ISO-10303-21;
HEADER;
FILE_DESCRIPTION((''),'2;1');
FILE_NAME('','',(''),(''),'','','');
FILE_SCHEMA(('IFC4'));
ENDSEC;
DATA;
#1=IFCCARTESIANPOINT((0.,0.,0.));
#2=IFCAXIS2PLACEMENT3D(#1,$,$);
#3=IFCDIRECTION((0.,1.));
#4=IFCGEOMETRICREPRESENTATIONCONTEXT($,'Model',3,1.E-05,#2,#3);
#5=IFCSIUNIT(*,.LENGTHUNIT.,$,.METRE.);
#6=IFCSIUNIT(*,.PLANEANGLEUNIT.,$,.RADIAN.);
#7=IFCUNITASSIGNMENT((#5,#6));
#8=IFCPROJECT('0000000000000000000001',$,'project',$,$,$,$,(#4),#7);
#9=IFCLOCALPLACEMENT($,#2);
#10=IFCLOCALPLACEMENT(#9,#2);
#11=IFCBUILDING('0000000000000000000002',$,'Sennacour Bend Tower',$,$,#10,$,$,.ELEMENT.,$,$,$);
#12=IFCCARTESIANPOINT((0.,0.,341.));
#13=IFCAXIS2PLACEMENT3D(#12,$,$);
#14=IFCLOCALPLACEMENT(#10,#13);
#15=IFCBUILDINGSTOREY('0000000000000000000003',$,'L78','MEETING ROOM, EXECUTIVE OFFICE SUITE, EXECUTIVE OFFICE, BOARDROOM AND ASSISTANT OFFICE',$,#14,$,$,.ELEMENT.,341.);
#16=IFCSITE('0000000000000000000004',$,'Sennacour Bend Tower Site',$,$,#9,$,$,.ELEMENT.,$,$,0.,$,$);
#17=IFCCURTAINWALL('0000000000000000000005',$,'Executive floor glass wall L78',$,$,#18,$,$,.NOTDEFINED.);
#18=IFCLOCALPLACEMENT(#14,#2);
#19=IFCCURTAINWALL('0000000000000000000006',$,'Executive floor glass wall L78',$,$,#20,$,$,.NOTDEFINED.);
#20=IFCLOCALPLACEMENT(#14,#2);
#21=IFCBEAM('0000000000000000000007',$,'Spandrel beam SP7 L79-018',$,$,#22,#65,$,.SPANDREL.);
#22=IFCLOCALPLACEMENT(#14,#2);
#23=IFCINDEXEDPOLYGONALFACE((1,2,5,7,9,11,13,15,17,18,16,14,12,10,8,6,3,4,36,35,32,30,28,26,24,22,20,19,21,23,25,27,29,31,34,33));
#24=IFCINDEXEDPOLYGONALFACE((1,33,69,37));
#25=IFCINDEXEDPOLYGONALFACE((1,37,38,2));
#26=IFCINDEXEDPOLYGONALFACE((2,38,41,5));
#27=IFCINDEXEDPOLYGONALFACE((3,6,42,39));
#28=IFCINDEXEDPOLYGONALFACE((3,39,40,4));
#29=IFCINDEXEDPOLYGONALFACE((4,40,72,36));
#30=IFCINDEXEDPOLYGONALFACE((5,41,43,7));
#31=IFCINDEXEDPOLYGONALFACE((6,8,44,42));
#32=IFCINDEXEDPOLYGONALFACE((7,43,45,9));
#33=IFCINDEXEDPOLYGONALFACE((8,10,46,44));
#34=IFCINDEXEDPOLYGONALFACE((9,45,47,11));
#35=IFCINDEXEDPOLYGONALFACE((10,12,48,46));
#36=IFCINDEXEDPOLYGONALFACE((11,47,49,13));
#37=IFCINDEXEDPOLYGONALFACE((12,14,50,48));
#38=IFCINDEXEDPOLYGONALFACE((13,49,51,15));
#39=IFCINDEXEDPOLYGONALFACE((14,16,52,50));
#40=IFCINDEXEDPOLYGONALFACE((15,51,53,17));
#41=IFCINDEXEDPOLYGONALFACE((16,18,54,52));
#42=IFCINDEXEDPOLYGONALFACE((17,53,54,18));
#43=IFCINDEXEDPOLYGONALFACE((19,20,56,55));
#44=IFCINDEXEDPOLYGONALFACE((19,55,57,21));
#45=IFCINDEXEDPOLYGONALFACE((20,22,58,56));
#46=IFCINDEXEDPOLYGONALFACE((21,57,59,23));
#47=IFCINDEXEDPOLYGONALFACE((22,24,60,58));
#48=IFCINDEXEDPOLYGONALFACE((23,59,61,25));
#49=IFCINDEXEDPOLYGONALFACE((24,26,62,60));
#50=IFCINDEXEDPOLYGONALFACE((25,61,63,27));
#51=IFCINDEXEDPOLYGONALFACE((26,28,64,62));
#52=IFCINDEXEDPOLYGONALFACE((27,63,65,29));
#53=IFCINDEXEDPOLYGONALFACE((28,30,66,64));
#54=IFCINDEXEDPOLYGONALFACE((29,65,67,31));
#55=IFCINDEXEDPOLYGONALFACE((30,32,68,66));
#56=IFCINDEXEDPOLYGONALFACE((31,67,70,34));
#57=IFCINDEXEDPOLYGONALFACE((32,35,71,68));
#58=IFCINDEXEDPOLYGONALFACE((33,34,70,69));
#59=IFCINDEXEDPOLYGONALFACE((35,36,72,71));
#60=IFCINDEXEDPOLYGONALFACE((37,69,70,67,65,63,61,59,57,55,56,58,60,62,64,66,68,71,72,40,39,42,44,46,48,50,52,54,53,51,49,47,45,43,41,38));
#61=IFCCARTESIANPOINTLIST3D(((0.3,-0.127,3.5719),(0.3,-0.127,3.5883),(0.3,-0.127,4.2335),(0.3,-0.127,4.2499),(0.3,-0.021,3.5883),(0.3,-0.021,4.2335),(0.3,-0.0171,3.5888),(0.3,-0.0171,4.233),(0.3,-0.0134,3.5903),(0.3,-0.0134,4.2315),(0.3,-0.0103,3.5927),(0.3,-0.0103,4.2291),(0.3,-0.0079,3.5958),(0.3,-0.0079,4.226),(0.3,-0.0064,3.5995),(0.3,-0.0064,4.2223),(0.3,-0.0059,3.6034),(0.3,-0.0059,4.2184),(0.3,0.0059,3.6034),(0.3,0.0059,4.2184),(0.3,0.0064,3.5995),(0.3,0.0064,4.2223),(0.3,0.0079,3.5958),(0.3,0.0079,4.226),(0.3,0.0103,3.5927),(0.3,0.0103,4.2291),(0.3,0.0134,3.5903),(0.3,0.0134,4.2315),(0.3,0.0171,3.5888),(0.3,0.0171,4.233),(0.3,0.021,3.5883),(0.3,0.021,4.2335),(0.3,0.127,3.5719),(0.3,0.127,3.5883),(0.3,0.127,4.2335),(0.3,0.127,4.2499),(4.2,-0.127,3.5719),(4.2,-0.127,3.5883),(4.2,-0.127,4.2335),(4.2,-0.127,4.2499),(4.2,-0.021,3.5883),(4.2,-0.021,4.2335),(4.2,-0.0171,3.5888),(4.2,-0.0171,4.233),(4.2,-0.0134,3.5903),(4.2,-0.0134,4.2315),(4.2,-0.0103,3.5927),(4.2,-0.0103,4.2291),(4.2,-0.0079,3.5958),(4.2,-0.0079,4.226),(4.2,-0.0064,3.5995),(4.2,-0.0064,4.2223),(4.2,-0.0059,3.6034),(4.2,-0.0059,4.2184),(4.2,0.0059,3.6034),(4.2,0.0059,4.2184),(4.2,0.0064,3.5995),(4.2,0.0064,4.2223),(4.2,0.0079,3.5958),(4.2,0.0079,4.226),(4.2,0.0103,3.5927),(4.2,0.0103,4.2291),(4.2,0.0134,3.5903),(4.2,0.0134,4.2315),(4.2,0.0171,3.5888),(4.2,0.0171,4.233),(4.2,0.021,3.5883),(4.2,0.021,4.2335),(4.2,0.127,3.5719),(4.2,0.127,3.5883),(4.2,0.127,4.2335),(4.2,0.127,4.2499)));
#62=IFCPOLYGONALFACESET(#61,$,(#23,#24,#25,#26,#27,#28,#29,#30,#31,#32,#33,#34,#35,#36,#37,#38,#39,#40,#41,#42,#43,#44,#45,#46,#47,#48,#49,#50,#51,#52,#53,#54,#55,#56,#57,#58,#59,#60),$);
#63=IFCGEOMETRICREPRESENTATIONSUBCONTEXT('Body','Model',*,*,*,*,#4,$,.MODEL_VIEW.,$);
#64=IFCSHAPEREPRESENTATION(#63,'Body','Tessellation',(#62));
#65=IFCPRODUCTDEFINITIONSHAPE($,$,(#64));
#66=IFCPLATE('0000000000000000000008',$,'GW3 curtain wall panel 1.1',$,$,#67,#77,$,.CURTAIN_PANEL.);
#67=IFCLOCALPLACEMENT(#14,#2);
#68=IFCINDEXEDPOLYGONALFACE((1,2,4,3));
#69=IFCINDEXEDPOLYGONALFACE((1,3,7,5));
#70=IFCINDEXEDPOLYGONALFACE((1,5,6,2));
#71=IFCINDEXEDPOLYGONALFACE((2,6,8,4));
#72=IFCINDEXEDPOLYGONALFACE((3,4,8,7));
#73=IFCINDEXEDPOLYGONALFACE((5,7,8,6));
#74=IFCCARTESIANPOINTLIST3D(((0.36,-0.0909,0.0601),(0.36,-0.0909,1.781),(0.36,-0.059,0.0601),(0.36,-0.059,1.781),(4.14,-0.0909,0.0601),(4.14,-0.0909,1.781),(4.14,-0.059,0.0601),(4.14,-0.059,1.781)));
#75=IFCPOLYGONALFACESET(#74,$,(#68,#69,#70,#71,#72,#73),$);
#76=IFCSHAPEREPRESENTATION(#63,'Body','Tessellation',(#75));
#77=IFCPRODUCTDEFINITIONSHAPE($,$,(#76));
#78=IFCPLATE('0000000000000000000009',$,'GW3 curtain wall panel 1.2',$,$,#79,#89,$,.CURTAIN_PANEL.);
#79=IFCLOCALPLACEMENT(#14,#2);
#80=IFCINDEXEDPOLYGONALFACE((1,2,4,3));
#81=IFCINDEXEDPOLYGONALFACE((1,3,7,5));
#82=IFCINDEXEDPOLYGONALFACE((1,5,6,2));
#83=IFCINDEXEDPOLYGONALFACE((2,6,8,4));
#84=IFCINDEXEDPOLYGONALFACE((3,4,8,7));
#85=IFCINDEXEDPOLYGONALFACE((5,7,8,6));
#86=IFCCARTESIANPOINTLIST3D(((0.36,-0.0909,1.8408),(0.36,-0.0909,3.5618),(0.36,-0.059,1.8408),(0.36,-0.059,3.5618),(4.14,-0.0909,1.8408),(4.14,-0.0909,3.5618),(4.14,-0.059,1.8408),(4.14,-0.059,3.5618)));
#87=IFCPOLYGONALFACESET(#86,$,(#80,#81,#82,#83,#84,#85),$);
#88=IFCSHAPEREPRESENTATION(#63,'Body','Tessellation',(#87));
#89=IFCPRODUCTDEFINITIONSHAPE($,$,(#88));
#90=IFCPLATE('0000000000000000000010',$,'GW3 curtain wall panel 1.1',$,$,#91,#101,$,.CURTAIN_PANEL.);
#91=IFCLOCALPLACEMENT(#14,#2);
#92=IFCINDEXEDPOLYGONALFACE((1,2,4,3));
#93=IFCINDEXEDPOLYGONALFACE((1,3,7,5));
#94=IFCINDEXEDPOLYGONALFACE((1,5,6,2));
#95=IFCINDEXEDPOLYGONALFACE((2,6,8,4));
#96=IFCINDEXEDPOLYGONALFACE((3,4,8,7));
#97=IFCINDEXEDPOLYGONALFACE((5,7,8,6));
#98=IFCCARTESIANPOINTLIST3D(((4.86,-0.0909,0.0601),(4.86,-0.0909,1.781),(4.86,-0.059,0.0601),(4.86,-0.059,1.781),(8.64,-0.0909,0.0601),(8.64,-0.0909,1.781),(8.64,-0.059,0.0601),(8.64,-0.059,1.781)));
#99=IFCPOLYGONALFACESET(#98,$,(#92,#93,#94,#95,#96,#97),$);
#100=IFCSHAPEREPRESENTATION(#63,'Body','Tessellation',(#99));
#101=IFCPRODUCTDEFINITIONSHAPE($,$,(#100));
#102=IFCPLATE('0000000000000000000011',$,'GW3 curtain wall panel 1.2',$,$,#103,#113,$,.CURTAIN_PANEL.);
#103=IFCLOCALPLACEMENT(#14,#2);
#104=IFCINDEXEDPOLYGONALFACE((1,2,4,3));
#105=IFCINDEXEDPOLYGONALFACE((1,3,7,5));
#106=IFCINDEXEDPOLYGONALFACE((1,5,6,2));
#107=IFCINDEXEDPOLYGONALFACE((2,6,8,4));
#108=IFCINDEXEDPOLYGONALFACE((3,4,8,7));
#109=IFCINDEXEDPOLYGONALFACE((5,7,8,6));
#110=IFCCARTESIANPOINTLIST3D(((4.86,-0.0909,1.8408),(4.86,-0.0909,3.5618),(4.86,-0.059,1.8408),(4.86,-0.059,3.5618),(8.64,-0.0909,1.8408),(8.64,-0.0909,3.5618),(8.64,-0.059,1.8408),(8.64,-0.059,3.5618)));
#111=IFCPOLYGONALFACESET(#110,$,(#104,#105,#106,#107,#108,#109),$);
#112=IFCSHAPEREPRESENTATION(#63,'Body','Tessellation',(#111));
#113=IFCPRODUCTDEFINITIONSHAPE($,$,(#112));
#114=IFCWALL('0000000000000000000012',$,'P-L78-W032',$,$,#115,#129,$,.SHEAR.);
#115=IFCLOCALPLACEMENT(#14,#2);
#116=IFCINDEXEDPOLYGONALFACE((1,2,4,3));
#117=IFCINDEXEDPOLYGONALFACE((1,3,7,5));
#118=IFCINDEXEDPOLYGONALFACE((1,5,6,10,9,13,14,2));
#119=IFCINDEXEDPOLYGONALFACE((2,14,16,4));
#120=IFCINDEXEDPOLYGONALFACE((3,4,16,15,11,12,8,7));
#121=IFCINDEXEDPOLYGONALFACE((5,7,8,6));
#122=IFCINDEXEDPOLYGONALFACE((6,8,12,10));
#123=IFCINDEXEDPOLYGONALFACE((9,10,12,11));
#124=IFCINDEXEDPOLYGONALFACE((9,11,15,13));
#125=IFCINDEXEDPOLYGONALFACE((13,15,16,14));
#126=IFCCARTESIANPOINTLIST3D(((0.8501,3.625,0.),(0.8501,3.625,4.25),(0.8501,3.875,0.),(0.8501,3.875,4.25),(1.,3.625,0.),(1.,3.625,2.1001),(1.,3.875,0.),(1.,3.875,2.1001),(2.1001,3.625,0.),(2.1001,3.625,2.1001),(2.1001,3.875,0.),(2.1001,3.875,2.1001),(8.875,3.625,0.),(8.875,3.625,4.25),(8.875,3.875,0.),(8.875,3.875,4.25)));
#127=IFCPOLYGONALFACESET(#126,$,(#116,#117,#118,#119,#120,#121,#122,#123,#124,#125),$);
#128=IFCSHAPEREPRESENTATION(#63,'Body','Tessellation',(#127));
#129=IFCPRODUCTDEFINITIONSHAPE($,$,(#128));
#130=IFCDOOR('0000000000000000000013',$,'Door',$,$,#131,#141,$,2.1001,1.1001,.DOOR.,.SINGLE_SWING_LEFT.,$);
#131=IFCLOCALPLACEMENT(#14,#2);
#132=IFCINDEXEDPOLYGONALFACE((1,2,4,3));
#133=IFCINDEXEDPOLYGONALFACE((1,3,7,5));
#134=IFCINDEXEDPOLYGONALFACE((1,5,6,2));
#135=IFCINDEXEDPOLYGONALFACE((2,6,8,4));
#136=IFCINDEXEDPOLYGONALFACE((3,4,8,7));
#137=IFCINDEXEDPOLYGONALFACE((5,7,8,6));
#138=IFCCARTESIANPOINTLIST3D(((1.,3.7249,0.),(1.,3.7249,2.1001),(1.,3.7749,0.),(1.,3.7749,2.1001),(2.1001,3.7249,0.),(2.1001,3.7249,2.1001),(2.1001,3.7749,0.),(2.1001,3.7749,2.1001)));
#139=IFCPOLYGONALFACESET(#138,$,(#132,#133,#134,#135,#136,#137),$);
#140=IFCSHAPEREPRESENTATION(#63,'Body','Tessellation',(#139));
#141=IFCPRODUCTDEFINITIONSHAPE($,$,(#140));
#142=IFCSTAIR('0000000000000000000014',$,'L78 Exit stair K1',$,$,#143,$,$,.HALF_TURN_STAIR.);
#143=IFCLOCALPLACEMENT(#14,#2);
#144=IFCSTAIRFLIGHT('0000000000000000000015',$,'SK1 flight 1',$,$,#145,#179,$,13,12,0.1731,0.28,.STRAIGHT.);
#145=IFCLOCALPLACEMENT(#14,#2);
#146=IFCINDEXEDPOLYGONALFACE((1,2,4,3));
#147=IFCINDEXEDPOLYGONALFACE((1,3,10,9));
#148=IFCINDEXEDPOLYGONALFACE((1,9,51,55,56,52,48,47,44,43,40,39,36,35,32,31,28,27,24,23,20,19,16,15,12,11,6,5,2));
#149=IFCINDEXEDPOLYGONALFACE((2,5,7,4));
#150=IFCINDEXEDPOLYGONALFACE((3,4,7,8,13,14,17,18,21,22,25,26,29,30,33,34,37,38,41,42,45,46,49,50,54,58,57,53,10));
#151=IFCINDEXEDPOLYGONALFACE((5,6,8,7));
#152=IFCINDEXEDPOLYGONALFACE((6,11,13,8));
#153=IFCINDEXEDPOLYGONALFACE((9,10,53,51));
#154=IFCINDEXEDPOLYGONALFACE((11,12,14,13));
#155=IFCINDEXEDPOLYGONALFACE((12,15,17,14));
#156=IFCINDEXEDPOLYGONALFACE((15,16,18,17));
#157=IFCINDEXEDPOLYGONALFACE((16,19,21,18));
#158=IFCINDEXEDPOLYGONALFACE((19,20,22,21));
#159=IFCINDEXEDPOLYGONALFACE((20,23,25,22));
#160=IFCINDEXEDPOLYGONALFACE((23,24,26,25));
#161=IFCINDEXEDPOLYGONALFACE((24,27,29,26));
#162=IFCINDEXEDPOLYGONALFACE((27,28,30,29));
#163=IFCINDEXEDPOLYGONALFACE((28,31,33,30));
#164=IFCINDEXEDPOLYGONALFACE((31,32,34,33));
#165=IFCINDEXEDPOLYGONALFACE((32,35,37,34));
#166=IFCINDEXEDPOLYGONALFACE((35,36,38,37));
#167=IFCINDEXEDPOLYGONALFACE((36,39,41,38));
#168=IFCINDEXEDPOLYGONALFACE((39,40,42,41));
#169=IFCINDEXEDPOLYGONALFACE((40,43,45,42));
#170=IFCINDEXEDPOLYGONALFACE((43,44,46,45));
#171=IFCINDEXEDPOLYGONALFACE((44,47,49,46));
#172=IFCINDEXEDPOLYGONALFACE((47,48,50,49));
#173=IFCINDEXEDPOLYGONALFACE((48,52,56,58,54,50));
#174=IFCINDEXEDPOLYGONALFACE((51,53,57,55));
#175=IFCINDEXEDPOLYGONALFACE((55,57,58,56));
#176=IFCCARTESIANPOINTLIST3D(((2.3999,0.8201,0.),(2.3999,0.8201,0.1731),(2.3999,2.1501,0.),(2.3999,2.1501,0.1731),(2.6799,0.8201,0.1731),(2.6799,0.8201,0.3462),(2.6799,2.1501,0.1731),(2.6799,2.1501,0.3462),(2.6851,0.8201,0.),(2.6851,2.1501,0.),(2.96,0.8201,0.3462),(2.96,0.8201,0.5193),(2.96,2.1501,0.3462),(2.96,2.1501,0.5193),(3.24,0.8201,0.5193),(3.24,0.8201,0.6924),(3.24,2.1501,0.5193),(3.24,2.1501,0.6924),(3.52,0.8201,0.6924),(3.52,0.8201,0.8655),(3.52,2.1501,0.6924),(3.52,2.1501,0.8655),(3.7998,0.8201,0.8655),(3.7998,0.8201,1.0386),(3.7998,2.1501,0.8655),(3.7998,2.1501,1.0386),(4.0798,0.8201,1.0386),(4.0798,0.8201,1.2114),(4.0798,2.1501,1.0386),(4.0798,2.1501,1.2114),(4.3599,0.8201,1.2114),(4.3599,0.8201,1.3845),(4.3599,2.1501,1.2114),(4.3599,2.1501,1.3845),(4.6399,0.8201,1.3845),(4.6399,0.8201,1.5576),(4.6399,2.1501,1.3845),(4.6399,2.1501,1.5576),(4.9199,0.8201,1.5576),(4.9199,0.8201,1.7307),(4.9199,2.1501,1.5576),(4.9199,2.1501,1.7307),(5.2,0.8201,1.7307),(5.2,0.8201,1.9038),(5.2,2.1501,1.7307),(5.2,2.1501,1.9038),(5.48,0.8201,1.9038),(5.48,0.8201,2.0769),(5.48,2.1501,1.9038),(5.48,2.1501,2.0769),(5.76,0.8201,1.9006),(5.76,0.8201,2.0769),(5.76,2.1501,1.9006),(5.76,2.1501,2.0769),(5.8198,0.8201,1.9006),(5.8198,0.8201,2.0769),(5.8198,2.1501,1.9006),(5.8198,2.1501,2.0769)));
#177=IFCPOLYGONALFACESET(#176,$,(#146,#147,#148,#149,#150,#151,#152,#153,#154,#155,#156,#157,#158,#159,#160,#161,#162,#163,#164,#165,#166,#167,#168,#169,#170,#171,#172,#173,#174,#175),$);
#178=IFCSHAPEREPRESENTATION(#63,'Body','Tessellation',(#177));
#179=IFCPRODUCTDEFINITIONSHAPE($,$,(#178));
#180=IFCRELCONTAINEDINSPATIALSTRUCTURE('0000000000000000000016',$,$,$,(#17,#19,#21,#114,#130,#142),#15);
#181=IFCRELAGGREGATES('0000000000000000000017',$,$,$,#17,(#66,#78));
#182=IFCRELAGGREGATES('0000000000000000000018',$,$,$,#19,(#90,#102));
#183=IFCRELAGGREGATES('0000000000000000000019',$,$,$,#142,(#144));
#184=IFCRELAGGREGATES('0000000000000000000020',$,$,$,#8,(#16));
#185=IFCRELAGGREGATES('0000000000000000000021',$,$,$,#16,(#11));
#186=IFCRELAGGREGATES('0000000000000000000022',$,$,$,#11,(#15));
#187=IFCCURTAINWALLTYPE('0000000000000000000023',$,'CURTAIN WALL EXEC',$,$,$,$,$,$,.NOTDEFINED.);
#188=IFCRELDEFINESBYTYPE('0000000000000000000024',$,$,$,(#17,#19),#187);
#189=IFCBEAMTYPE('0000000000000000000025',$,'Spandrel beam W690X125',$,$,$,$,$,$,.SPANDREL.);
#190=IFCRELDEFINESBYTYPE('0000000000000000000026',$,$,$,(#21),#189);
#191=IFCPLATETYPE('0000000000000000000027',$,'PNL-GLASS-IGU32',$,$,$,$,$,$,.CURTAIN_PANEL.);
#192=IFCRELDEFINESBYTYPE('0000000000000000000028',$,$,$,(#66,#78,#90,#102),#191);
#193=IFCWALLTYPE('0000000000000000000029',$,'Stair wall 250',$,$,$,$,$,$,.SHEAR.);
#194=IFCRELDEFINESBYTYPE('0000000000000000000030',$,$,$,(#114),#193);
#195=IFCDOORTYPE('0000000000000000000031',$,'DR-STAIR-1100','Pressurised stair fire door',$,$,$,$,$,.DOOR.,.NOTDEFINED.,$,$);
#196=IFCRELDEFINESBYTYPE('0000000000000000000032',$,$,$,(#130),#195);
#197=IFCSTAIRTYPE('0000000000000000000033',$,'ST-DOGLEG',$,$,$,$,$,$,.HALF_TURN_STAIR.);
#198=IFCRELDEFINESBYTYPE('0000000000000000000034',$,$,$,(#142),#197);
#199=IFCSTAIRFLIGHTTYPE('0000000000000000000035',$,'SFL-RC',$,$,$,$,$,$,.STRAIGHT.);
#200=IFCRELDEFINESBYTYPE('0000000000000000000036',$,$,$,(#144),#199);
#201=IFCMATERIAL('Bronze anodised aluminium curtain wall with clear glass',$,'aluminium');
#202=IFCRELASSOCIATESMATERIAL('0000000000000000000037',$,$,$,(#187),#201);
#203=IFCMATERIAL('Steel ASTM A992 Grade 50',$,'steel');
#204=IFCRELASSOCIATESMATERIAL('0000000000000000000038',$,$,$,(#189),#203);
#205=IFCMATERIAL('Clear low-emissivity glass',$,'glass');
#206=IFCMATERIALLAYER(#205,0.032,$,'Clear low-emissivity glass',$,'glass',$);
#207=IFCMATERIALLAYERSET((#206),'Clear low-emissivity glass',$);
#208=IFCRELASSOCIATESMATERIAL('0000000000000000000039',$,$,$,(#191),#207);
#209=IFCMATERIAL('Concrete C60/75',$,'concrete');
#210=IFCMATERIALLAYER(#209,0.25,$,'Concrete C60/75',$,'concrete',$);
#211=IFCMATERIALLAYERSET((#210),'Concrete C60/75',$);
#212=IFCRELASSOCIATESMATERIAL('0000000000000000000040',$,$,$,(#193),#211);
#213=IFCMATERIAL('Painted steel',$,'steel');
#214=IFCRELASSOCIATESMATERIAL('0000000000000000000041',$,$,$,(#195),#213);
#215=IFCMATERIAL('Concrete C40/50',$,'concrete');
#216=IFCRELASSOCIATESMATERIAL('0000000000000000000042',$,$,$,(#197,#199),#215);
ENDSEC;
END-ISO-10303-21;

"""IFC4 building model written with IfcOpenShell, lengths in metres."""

from ifc_helpers import new_model, si_unit, direction, frame, frame_2d, origin, origin_2d, place, context, subcontext, project, spatial, polyline, rectangle, i_section, outline, extrude, material, layer, layer_set, material_profile, profile_set, type_object, element, fill, aggregate, save


model = new_model("IFC4")

# Units and contexts
model_context = context("Model", 3, precision=1e-05, world=origin(), true_north=direction((0.0, 1.0)))
body_context = subcontext(model_context, "Body", "Model", "MODEL_VIEW")
ifc_project = project(units=[si_unit("LENGTHUNIT", "METRE"), si_unit("PLANEANGLEUNIT", "RADIAN")], contexts=[model_context])

# Site, building, storey
site_placement = place(None, origin())
site = spatial("IfcSite", under=ifc_project, at=site_placement, Name="Sennacour Bend Tower Site", CompositionType="ELEMENT", RefElevation=0.0)
building_placement = place(site_placement, origin())
building = spatial("IfcBuilding", under=site, at=building_placement, Name="Sennacour Bend Tower", CompositionType="ELEMENT")
storey_placement = place(building_placement, frame((0.0, 0.0, 341.0)))
storey = spatial("IfcBuildingStorey", under=building, at=storey_placement, Name="L78", Description="MEETING ROOM, EXECUTIVE OFFICE SUITE, EXECUTIVE OFFICE, BOARDROOM AND ASSISTANT OFFICE", CompositionType="ELEMENT", Elevation=341.0)

# Curtain wall
ifc_material_1 = material(Name="Bronze anodised aluminium curtain wall with clear glass", Category="aluminium")
curtain_wall_type = type_object("IfcCurtainWallType", Name="CURTAIN WALL EXEC", PredefinedType="NOTDEFINED", material=ifc_material_1)
curtain_wall_1_placement = place(storey_placement, origin())
curtain_wall_1 = element("IfcCurtainWall", 1, at=curtain_wall_1_placement, inside=storey, type_object=curtain_wall_type, Name="Executive floor glass wall L78", PredefinedType="NOTDEFINED")

# Curtain wall
curtain_wall_2_placement = place(storey_placement, origin())
curtain_wall_2 = element("IfcCurtainWall", 2, at=curtain_wall_2_placement, inside=storey, type_object=curtain_wall_type, Name="Executive floor glass wall L78", PredefinedType="NOTDEFINED")

# Beam
ifc_material_2 = material(Name="Steel ASTM A992 Grade 50", Category="steel")
ifc_material_profile_1 = material_profile(ifc_material_2, i_section(OverallWidth=0.2539, OverallDepth=0.678, WebThickness=0.0117, FlangeThickness=0.0164, FilletRadius=0.0151, at=origin_2d()), Name="Steel ASTM A992 Grade 50", Category="steel")
ifc_profile_set_1 = profile_set([ifc_material_profile_1], Name="Steel ASTM A992 Grade 50")
beam_type_1 = type_object("IfcBeamType", Name="Spandrel beam W690X125", PredefinedType="SPANDREL", material=ifc_profile_set_1)
for number, where, z_axis, x_axis, name in (
    (3, (4.2, 0.0, 3.9109), (-1.0, 0.0, 0.0), (0.0, -1.0, 0.0), "Spandrel beam SP7 L79-018"),
):
    element("IfcBeam", number, at=place(storey_placement, frame(where, z_axis=z_axis, x_axis=x_axis)), inside=storey, type_object=beam_type_1, Name=name, PredefinedType="SPANDREL", context=body_context, shape_type="SweptSolid", body=[
        extrude(i_section(OverallWidth=0.2539, OverallDepth=0.678, WebThickness=0.0117, FlangeThickness=0.0164, FilletRadius=0.0151, at=origin_2d()), origin(), (0.0, 0.0, 1.0), 3.8999),
    ])

# Plates
ifc_material_3 = material(Name="Clear low-emissivity glass", Category="glass")
ifc_layer_1 = layer(ifc_material_3, 0.032, Name="Clear low-emissivity glass", Category="glass")
ifc_layer_set_1 = layer_set([ifc_layer_1], Name="Clear low-emissivity glass")
plate_type = type_object("IfcPlateType", Name="PNL-GLASS-IGU32", PredefinedType="CURTAIN_PANEL", material=ifc_layer_set_1)
plate_1_placement = place(storey_placement, frame((2.25, -0.075, 0.0601), z_axis=(0.0, 0.0, 1.0), x_axis=(1.0, 0.0, 0.0)))
plate_1 = element("IfcPlate", 4, at=plate_1_placement, type_object=plate_type, Name="GW3 curtain wall panel 1.1", PredefinedType="CURTAIN_PANEL", context=body_context, shape_type="SweptSolid", body=[
    extrude(rectangle(XDim=3.78, YDim=0.032, at=origin_2d()), origin(), (0.0, 0.0, 1.0), 1.7209),
])
plate_2_placement = place(storey_placement, frame((2.25, -0.075, 1.8408), z_axis=(0.0, 0.0, 1.0), x_axis=(1.0, 0.0, 0.0)))
plate_2 = element("IfcPlate", 5, at=plate_2_placement, type_object=plate_type, Name="GW3 curtain wall panel 1.2", PredefinedType="CURTAIN_PANEL", context=body_context, shape_type="SweptSolid", body=[
    extrude(rectangle(XDim=3.78, YDim=0.032, at=origin_2d()), origin(), (0.0, 0.0, 1.0), 1.7209),
])
aggregate(curtain_wall_1, [plate_1, plate_2])
plate_3_placement = place(storey_placement, frame((6.75, -0.075, 0.0601), z_axis=(0.0, 0.0, 1.0), x_axis=(1.0, 0.0, 0.0)))
plate_3 = element("IfcPlate", 6, at=plate_3_placement, type_object=plate_type, Name="GW3 curtain wall panel 1.1", PredefinedType="CURTAIN_PANEL", context=body_context, shape_type="SweptSolid", body=[
    extrude(rectangle(XDim=3.78, YDim=0.032, at=origin_2d()), origin(), (0.0, 0.0, 1.0), 1.7209),
])
plate_4_placement = place(storey_placement, frame((6.75, -0.075, 1.8408), z_axis=(0.0, 0.0, 1.0), x_axis=(1.0, 0.0, 0.0)))
plate_4 = element("IfcPlate", 7, at=plate_4_placement, type_object=plate_type, Name="GW3 curtain wall panel 1.2", PredefinedType="CURTAIN_PANEL", context=body_context, shape_type="SweptSolid", body=[
    extrude(rectangle(XDim=3.78, YDim=0.032, at=origin_2d()), origin(), (0.0, 0.0, 1.0), 1.7209),
])
aggregate(curtain_wall_2, [plate_3, plate_4])

# Wall, opening, door
ifc_material_4 = material(Name="Concrete C60/75", Category="concrete")
ifc_layer_2 = layer(ifc_material_4, 0.25, Name="Concrete C60/75", Category="concrete")
ifc_layer_set_2 = layer_set([ifc_layer_2], Name="Concrete C60/75")
wall_type = type_object("IfcWallType", Name="Stair wall 250", PredefinedType="SHEAR", material=ifc_layer_set_2)
wall_placement = place(storey_placement, frame((0.8501, 3.75, 0.0), z_axis=(0.0, 0.0, 1.0), x_axis=(1.0, 0.0, 0.0)))
wall = element("IfcWall", 8, at=wall_placement, inside=storey, type_object=wall_type, Name="P-L78-W032", PredefinedType="SHEAR", context=body_context, shape_type="SweptSolid", body=[
    extrude(rectangle(XDim=8.0249, YDim=0.25, at=frame_2d((4.0125, 0.0))), origin(), (0.0, 0.0, 1.0), 4.25),
])
opening_placement = place(wall_placement, frame((0.1499, 0.0, 0.0)))
opening = element("IfcOpeningElement", 9, at=opening_placement, cuts=wall, PredefinedType="OPENING", context=body_context, shape_type="SweptSolid", body=[
    extrude(rectangle(XDim=1.1001, YDim=2.1001, at=frame_2d((0.55, 1.05))), frame((0.0, 0.135, 0.0), z_axis=(0.0, -1.0, 0.0), x_axis=(1.0, 0.0, 0.0)), (0.0, 0.0, 1.0), 0.27),
])
ifc_material_5 = material(Name="Painted steel", Category="steel")
door_type = type_object("IfcDoorType", Name="DR-STAIR-1100", Description="Pressurised stair fire door", OperationType="NOTDEFINED", PredefinedType="DOOR", material=ifc_material_5)
door_placement = place(opening_placement, origin())
door = element("IfcDoor", 10, at=door_placement, inside=storey, type_object=door_type, Name="Door", OperationType="SINGLE_SWING_LEFT", OverallHeight=2.1001, OverallWidth=1.1001, PredefinedType="DOOR", context=body_context, shape_type="SweptSolid", body=[
    extrude(rectangle(XDim=1.1001, YDim=2.1001, at=frame_2d((0.55, 1.05))), frame((0.0, 0.0249, 0.0), z_axis=(0.0, -1.0, 0.0), x_axis=(1.0, 0.0, 0.0)), (0.0, 0.0, 1.0), 0.05),
])
fill(opening, door)

# Stair, stair flight
ifc_material_6 = material(Name="Concrete C40/50", Category="concrete")
stair_type = type_object("IfcStairType", Name="ST-DOGLEG", PredefinedType="HALF_TURN_STAIR", material=ifc_material_6)
stair_placement = place(storey_placement, origin())
stair = element("IfcStair", 11, at=stair_placement, inside=storey, type_object=stair_type, Name="L78 Exit stair K1", PredefinedType="HALF_TURN_STAIR")
stair_flight_type = type_object("IfcStairFlightType", Name="SFL-RC", PredefinedType="STRAIGHT", material=ifc_material_6)
stair_flight_1_placement = place(storey_placement, frame((2.3999, 1.4851, 0.0), z_axis=(0.0, 0.0, 1.0), x_axis=(1.0, 0.0, 0.0)))
stair_flight_1 = element("IfcStairFlight", 12, at=stair_flight_1_placement, type_object=stair_flight_type, Name="SK1 flight 1", NumberOfRisers=13, NumberOfTreads=12, PredefinedType="STRAIGHT", RiserHeight=0.1731, TreadLength=0.28, context=body_context, shape_type="SweptSolid", body=[
    extrude(outline(polyline([(0.0, 0.0), (0.0, 0.1731), (0.28, 0.1731), (0.28, 0.3462), (0.5601, 0.3462), (0.5601, 0.5193), (0.8401, 0.5193), (0.8401, 0.6924), (1.1201, 0.6924), (1.1201, 0.8655), (1.3999, 0.8655), (1.3999, 1.0386), (1.6799, 1.0386), (1.6799, 1.2114), (1.96, 1.2114), (1.96, 1.3845), (2.24, 1.3845), (2.24, 1.5576), (2.52, 1.5576), (2.52, 1.7307), (2.8, 1.7307), (2.8, 1.9038), (3.0801, 1.9038), (3.0801, 2.0769), (3.3601, 2.0769), (3.4199, 2.0769), (3.4199, 1.9006), (3.3601, 1.9006), (0.2852, 0.0), (0.0, 0.0)])), frame((0.0, 0.665, 0.0), z_axis=(0.0, -1.0, 0.0), x_axis=(1.0, 0.0, 0.0)), (0.0, 0.0, 1.0), 1.3301),
])
aggregate(stair, [stair_flight_1])

save(model, "model.ifc")
